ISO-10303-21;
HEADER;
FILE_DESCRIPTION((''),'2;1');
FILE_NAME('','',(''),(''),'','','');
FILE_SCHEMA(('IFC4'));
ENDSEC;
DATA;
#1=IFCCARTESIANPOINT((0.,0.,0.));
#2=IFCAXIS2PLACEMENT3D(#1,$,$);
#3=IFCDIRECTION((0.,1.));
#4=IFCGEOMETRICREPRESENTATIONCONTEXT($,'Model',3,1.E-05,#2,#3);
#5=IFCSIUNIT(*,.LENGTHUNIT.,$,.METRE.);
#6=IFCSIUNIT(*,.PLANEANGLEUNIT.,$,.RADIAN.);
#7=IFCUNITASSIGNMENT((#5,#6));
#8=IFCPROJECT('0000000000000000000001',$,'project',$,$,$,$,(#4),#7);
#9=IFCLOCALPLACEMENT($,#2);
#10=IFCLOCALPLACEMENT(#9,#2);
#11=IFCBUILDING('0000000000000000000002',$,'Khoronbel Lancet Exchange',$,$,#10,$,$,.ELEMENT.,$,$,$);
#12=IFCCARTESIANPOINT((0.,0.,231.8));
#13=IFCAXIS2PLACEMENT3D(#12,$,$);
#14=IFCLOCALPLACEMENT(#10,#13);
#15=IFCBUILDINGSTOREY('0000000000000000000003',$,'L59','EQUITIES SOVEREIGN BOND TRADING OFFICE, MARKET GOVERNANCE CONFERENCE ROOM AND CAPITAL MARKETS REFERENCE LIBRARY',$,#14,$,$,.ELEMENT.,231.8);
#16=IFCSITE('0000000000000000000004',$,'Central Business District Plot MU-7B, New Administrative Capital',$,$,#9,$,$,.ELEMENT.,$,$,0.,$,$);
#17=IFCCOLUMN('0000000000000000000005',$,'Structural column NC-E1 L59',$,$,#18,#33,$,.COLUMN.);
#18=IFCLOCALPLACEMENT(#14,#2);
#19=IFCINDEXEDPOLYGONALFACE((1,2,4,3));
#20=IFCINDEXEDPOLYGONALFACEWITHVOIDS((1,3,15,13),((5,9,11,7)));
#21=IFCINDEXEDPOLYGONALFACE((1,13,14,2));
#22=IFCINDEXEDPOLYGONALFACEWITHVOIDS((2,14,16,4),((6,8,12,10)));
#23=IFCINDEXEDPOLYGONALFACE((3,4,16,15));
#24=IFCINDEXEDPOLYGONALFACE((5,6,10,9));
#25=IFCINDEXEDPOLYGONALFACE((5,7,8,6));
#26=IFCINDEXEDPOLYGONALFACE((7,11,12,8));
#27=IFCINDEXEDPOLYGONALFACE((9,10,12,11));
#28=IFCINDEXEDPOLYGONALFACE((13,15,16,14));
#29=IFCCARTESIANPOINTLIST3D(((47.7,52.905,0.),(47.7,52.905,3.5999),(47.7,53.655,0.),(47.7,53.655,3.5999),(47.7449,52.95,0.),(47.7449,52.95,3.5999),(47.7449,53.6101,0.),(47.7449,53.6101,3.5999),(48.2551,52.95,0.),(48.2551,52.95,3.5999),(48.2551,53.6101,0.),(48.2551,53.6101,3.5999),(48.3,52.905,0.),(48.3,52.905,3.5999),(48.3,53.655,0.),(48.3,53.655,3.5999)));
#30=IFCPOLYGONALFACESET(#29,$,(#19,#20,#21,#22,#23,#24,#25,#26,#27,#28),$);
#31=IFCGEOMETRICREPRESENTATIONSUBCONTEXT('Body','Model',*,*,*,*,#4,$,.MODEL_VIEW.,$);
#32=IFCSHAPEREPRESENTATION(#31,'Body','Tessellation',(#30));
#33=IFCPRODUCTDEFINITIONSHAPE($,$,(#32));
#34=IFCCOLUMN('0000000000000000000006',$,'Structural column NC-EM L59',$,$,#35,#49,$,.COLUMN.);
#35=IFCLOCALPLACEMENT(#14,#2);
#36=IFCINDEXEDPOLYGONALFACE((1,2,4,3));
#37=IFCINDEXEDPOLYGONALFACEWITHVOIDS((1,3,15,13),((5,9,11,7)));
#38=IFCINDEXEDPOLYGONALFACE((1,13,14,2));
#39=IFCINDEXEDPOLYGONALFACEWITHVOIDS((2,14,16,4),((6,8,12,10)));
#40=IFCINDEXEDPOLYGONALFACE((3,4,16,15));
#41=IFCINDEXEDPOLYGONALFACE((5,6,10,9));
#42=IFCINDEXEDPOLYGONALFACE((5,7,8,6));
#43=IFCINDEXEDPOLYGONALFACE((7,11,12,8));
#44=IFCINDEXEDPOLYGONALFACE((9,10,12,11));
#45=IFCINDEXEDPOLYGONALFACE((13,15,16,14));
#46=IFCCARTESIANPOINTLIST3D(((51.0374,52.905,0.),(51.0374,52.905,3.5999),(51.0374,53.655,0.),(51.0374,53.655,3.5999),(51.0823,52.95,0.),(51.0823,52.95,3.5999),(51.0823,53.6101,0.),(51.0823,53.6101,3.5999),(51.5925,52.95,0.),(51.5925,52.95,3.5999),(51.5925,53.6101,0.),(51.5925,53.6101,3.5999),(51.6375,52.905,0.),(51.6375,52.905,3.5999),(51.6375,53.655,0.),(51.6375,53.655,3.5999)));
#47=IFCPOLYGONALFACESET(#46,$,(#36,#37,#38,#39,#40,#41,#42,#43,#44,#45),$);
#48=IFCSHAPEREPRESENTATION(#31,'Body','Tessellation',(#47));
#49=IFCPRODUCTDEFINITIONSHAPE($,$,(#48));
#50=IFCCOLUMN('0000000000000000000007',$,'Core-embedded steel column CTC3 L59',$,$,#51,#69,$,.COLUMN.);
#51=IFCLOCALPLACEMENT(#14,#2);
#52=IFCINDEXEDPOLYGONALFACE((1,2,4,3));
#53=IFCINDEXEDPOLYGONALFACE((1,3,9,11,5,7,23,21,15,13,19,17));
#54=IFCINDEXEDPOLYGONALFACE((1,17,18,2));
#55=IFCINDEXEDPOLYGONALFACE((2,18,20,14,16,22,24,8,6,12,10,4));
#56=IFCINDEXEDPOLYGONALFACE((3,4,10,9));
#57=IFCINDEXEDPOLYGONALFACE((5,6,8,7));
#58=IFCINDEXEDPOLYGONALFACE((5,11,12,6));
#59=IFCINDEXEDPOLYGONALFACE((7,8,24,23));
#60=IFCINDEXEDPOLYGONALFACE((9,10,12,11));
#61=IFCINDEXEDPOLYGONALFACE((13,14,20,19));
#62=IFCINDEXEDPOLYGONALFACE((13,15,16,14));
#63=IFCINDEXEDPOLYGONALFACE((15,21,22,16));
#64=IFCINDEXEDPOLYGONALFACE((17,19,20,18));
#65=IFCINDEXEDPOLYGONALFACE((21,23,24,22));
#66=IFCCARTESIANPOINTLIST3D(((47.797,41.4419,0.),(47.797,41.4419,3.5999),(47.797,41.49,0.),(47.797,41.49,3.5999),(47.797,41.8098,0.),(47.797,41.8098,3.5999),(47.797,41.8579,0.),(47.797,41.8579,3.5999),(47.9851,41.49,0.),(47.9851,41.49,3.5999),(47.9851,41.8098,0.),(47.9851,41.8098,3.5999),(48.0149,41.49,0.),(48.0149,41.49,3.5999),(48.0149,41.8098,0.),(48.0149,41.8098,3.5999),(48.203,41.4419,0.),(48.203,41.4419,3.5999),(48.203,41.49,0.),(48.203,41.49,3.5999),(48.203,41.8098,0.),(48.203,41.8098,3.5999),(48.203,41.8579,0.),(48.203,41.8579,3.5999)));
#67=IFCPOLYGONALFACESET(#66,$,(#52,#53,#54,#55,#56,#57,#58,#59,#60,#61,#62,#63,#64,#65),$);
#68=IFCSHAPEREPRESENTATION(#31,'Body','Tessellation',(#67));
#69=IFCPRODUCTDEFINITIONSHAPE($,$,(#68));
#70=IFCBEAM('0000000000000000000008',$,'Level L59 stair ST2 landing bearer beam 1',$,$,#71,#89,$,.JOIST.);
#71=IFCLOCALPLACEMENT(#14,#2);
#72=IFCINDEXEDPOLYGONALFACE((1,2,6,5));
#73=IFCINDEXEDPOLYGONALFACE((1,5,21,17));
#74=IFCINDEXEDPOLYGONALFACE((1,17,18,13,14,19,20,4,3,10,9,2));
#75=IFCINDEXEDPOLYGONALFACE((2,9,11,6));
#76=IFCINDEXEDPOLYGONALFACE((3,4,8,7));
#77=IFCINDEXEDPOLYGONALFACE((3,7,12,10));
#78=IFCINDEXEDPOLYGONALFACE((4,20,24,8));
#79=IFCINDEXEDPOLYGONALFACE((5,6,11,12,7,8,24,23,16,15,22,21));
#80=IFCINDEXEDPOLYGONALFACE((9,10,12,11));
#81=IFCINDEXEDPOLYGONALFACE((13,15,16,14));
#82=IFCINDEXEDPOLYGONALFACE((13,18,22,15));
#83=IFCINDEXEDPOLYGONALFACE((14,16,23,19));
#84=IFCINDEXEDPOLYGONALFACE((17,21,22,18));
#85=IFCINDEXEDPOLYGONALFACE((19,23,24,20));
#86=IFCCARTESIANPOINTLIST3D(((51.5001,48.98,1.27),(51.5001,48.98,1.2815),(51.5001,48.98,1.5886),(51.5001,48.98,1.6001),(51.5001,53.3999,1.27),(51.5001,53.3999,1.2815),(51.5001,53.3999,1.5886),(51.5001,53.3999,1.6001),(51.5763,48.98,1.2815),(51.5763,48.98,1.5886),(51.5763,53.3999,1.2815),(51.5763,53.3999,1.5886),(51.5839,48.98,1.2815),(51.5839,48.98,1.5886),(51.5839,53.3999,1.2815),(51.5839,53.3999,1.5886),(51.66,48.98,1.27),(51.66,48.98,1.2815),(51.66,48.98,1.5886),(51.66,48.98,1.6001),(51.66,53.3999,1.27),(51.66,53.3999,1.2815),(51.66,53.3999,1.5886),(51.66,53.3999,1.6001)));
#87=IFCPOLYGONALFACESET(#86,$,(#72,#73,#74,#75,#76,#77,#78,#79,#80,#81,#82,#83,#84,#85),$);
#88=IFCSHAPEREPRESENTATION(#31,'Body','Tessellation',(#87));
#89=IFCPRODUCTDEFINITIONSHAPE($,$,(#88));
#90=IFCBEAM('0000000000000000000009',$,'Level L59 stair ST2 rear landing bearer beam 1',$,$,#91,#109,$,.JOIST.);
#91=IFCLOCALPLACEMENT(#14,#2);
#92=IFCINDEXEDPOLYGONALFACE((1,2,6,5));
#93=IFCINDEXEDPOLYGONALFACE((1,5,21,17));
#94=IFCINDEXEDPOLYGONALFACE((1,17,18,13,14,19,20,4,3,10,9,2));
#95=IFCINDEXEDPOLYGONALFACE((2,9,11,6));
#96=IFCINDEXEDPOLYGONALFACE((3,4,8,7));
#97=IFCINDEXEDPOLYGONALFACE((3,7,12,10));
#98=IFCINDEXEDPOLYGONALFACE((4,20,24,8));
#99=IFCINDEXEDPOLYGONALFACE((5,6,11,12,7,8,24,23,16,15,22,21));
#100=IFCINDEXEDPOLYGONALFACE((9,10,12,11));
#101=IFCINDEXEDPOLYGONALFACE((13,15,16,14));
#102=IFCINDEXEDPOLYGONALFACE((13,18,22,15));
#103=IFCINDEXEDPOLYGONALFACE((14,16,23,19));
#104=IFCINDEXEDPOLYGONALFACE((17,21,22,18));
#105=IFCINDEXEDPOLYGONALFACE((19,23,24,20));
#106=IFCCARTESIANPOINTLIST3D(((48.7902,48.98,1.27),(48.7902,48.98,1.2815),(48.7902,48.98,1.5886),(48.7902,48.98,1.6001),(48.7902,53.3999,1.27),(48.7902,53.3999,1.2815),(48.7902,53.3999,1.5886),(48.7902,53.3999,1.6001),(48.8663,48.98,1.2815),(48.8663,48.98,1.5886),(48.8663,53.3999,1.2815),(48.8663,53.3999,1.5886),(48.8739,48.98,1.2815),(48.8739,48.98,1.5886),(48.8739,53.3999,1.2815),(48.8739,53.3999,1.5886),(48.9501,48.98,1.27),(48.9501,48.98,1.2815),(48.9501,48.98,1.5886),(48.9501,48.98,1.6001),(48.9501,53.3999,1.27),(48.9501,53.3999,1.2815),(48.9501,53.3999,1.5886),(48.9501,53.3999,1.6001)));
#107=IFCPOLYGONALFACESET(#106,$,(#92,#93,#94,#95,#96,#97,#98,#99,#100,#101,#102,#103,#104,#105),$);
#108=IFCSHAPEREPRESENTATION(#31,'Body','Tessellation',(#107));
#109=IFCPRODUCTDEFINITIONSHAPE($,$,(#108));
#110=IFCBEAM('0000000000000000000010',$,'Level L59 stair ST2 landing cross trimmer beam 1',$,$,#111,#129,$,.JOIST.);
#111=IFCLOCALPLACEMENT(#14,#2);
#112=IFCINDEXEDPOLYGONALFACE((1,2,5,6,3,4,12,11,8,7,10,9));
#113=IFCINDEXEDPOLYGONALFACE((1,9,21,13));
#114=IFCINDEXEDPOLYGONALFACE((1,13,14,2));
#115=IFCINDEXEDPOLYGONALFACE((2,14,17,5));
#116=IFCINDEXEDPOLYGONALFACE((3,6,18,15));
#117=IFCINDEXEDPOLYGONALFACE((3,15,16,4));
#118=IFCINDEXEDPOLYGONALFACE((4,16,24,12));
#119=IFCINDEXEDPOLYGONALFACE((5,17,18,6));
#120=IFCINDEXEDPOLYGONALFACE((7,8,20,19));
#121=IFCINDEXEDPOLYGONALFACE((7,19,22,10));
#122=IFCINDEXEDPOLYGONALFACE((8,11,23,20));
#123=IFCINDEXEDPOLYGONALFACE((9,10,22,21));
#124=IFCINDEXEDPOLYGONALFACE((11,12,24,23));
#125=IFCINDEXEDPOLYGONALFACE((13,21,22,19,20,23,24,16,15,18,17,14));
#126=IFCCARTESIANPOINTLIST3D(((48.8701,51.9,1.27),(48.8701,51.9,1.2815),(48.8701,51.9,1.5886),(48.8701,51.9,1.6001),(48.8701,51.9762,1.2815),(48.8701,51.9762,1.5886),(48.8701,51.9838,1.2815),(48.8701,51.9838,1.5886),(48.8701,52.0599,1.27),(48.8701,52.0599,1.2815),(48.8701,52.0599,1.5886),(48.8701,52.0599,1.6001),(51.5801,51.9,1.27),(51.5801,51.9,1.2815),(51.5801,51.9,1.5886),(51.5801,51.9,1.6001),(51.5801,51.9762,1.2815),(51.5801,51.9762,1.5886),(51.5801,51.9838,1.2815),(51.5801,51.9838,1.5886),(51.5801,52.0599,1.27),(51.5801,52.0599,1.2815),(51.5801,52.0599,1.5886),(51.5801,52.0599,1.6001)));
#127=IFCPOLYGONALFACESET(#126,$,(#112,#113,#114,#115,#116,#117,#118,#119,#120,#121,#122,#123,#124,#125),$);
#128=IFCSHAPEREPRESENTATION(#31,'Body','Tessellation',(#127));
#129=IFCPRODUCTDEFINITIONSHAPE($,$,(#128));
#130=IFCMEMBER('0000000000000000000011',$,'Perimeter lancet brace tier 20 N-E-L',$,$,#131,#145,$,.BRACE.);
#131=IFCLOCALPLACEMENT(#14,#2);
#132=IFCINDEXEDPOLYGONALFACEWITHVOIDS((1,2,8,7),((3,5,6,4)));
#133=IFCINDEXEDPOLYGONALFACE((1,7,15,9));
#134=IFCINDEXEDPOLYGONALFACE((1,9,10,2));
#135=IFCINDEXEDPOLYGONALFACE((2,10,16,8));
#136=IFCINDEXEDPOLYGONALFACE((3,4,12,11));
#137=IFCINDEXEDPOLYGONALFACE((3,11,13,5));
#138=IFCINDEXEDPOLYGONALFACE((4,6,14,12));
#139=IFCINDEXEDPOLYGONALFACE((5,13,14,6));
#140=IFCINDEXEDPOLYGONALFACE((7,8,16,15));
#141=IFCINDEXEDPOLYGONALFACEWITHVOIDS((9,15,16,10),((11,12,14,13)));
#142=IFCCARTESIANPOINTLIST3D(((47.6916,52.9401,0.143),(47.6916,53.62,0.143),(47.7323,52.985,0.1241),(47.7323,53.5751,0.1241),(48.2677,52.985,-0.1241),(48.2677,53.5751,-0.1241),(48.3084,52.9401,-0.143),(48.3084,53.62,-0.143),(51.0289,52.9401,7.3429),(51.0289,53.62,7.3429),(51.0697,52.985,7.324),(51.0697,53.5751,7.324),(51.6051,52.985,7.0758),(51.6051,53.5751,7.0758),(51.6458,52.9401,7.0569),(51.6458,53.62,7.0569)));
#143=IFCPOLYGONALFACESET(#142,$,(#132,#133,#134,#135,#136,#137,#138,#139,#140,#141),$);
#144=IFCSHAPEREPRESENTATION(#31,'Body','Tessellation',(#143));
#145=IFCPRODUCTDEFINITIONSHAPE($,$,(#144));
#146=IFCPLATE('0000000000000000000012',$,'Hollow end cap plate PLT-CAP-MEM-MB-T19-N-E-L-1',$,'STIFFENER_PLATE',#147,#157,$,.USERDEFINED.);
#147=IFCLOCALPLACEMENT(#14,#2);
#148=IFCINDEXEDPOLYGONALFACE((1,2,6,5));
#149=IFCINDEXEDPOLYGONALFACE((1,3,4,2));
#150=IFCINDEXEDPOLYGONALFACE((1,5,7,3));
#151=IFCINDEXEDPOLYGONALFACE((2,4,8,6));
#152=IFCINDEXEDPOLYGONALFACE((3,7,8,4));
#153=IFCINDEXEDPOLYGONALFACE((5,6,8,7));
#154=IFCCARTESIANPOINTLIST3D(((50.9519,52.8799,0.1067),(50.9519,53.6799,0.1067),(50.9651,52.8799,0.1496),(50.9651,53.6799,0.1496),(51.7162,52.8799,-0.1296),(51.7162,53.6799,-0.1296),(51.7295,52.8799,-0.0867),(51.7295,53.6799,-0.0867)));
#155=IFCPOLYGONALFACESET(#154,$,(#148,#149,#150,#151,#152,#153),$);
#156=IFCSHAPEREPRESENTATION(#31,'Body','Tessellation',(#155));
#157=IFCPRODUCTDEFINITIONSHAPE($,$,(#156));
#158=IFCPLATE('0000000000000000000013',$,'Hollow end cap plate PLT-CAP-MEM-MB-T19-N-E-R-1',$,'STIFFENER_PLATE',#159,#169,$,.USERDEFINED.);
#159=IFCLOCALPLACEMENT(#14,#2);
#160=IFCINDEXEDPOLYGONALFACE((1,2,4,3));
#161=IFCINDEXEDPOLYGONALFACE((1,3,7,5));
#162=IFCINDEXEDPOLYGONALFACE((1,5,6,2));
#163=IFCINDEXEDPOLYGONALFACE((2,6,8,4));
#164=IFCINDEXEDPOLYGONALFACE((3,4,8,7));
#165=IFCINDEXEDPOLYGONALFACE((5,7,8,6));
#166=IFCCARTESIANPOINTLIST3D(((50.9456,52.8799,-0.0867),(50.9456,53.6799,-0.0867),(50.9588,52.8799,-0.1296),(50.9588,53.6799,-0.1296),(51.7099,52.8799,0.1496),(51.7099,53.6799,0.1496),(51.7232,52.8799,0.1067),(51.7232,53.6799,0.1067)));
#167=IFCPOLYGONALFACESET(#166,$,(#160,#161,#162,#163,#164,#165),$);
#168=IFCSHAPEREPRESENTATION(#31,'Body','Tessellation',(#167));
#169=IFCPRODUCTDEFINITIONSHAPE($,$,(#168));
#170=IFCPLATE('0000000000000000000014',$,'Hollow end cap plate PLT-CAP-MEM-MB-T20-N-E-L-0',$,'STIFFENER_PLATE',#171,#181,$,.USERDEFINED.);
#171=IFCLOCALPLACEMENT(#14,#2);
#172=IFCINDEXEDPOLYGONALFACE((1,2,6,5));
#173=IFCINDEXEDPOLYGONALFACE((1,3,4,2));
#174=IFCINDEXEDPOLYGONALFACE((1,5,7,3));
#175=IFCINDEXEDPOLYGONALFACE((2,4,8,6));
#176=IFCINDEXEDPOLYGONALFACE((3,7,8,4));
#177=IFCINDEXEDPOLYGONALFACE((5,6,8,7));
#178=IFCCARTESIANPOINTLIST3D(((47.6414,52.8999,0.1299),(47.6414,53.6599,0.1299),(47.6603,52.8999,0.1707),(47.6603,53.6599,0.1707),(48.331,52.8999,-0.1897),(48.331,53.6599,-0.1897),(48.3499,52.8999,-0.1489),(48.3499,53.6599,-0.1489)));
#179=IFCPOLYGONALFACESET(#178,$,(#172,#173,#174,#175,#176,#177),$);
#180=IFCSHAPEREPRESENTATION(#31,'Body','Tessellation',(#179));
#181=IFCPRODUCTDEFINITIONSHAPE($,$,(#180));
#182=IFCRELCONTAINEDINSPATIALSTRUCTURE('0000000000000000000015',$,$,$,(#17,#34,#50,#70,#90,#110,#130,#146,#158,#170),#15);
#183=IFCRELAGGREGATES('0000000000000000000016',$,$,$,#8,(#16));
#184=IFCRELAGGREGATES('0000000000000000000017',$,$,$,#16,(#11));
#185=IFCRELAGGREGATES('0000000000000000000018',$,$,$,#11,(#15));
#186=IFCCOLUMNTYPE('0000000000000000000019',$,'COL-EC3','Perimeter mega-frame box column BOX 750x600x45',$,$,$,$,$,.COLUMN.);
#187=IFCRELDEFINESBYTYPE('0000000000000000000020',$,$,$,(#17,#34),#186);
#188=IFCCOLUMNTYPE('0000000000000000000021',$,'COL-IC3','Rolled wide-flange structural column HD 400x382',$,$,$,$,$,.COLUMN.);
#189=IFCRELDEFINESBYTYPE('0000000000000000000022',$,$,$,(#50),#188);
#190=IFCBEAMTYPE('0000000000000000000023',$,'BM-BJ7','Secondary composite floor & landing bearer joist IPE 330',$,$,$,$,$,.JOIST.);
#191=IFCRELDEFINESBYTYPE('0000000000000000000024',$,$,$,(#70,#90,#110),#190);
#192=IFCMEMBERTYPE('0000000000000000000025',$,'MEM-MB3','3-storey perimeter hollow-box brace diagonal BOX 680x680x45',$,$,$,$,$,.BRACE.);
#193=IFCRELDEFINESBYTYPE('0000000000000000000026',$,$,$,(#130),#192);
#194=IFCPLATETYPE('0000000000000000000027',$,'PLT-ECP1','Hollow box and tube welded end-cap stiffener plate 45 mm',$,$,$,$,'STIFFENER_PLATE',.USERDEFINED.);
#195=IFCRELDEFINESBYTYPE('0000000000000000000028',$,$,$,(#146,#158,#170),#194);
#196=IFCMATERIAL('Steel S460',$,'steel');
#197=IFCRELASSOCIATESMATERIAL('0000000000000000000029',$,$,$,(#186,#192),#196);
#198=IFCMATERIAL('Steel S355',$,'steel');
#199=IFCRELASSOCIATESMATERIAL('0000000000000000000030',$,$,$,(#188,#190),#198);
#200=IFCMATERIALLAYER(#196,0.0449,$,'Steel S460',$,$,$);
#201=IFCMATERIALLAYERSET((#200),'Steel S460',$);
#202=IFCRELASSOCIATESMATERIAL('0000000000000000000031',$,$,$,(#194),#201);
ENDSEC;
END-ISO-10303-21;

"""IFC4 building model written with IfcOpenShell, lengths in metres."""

from ifc_helpers import new_model, si_unit, direction, frame, origin, origin_2d, place, context, subcontext, project, spatial, polyline, hollow_rectangle, i_section, outline, extrude, material, layer, layer_set, material_profile, profile_set, type_object, element, save


model = new_model("IFC4")

# Units and contexts
model_context = context("Model", 3, precision=1e-05, world=origin(), true_north=direction((0.0, 1.0)))
body_context = subcontext(model_context, "Body", "Model", "MODEL_VIEW")
ifc_project = project(units=[si_unit("LENGTHUNIT", "METRE"), si_unit("PLANEANGLEUNIT", "RADIAN")], contexts=[model_context])

# Site, building, storey
site_placement = place(None, origin())
site = spatial("IfcSite", under=ifc_project, at=site_placement, Name="Central Business District Plot MU-7B, New Administrative Capital", CompositionType="ELEMENT", RefElevation=0.0)
building_placement = place(site_placement, origin())
building = spatial("IfcBuilding", under=site, at=building_placement, Name="Khoronbel Lancet Exchange", CompositionType="ELEMENT")
storey_placement = place(building_placement, frame((0.0, 0.0, 231.8)))
storey = spatial("IfcBuildingStorey", under=building, at=storey_placement, Name="L59", Description="EQUITIES SOVEREIGN BOND TRADING OFFICE, MARKET GOVERNANCE CONFERENCE ROOM AND CAPITAL MARKETS REFERENCE LIBRARY", CompositionType="ELEMENT", Elevation=231.8)

# Columns
ifc_material_1 = material(Name="Steel S460", Category="steel")
ifc_material_profile_1 = material_profile(ifc_material_1, hollow_rectangle(XDim=0.6001, YDim=0.75, WallThickness=0.0449, at=origin_2d()), Name="BOX 750x600x45")
ifc_profile_set_1 = profile_set([ifc_material_profile_1], Name="Steel S460")
column_type_1 = type_object("IfcColumnType", Name="COL-EC3", Description="Perimeter mega-frame box column BOX 750x600x45", PredefinedType="COLUMN", material=ifc_profile_set_1)
for number, where, z_axis, x_axis, name in (
    (1, (48.0, 53.28, 0.0), (0.0, 0.0, 1.0), (1.0, 0.0, 0.0), "Structural column NC-E1 L59"),
    (2, (51.3374, 53.28, 0.0), (0.0, 0.0, 1.0), (1.0, 0.0, 0.0), "Structural column NC-EM L59"),
):
    element("IfcColumn", number, at=place(storey_placement, frame(where, z_axis=z_axis, x_axis=x_axis)), inside=storey, type_object=column_type_1, Name=name, PredefinedType="COLUMN", context=body_context, shape_type="SweptSolid", body=[
        extrude(hollow_rectangle(XDim=0.6001, YDim=0.75, WallThickness=0.0449, at=origin_2d()), origin(), (0.0, 0.0, 1.0), 3.5999),
    ])
ifc_material_2 = material(Name="Steel S355", Category="steel")
ifc_material_profile_2 = material_profile(ifc_material_2, i_section(OverallWidth=0.406, OverallDepth=0.416, WebThickness=0.0298, FlangeThickness=0.0481, at=origin_2d()), Name="HD 400x382")
ifc_profile_set_2 = profile_set([ifc_material_profile_2], Name="Steel S355")
column_type_2 = type_object("IfcColumnType", Name="COL-IC3", Description="Rolled wide-flange structural column HD 400x382", PredefinedType="COLUMN", material=ifc_profile_set_2)
column_placement = place(storey_placement, frame((48.0, 41.6499, 0.0), z_axis=(0.0, 0.0, 1.0), x_axis=(1.0, 0.0, 0.0)))
element("IfcColumn", 3, at=column_placement, inside=storey, type_object=column_type_2, Name="Core-embedded steel column CTC3 L59", PredefinedType="COLUMN", context=body_context, shape_type="SweptSolid", body=[
    extrude(i_section(OverallWidth=0.406, OverallDepth=0.416, WebThickness=0.0298, FlangeThickness=0.0481, at=origin_2d()), origin(), (0.0, 0.0, 1.0), 3.5999),
])

# Beams
ifc_material_profile_3 = material_profile(ifc_material_2, i_section(OverallWidth=0.1599, OverallDepth=0.3301, WebThickness=0.0076, FlangeThickness=0.0115, at=origin_2d()), Name="IPE 330")
ifc_profile_set_3 = profile_set([ifc_material_profile_3], Name="Steel S355")
beam_type = type_object("IfcBeamType", Name="BM-BJ7", Description="Secondary composite floor & landing bearer joist IPE 330", PredefinedType="JOIST", material=ifc_profile_set_3)
for number, where, z_axis, x_axis, name in (
    (4, (51.5801, 48.98, 1.4351), (0.0, 1.0, 0.0), (-1.0, 0.0, 0.0), "Level L59 stair ST2 landing bearer beam 1"),
    (5, (48.8701, 48.98, 1.4351), (0.0, 1.0, 0.0), (-1.0, 0.0, 0.0), "Level L59 stair ST2 rear landing bearer beam 1"),
):
    element("IfcBeam", number, at=place(storey_placement, frame(where, z_axis=z_axis, x_axis=x_axis)), inside=storey, type_object=beam_type, Name=name, PredefinedType="JOIST", context=body_context, shape_type="SweptSolid", body=[
        extrude(i_section(OverallWidth=0.1599, OverallDepth=0.3301, WebThickness=0.0076, FlangeThickness=0.0115, at=origin_2d()), origin(), (0.0, 0.0, 1.0), 4.4199),
    ])
beam_placement = place(storey_placement, frame((48.8701, 51.98, 1.4351), z_axis=(1.0, 0.0, 0.0), x_axis=(0.0, 1.0, 0.0)))
element("IfcBeam", 6, at=beam_placement, inside=storey, type_object=beam_type, Name="Level L59 stair ST2 landing cross trimmer beam 1", PredefinedType="JOIST", context=body_context, shape_type="SweptSolid", body=[
    extrude(i_section(OverallWidth=0.1599, OverallDepth=0.3301, WebThickness=0.0076, FlangeThickness=0.0115, at=origin_2d()), origin(), (0.0, 0.0, 1.0), 2.71),
])

# Member
ifc_material_profile_4 = material_profile(ifc_material_1, hollow_rectangle(XDim=0.6799, YDim=0.6799, WallThickness=0.0449, at=origin_2d()), Name="BOX 680x680x45")
ifc_profile_set_4 = profile_set([ifc_material_profile_4], Name="Steel S460")
member_type = type_object("IfcMemberType", Name="MEM-MB3", Description="3-storey perimeter hollow-box brace diagonal BOX 680x680x45", PredefinedType="BRACE", material=ifc_profile_set_4)
member_placement = place(storey_placement, frame((48.0, 53.28, 0.0), z_axis=(0.420548, 0.0, 0.90727), x_axis=(0.0, 1.0, 0.0)))
element("IfcMember", 7, at=member_placement, inside=storey, type_object=member_type, Name="Perimeter lancet brace tier 20 N-E-L", PredefinedType="BRACE", context=body_context, shape_type="SweptSolid", body=[
    extrude(hollow_rectangle(XDim=0.6799, YDim=0.6799, WallThickness=0.0449, at=origin_2d()), origin(), (0.0, 0.0, 1.0), 7.9358),
])

# Plates
ifc_layer_1 = layer(ifc_material_1, 0.0449, Name="Steel S460")
ifc_layer_set_1 = layer_set([ifc_layer_1], Name="Steel S460")
plate_type = type_object("IfcPlateType", Name="PLT-ECP1", Description="Hollow box and tube welded end-cap stiffener plate 45 mm", ElementType="STIFFENER_PLATE", PredefinedType="USERDEFINED", material=ifc_layer_set_1)
for number, where, z_axis, x_axis, name in (
    (8, (51.7295, 52.8799, -0.0867), (0.295372, 0.0, 0.955382), (0.0, 1.0, 0.0), "Hollow end cap plate PLT-CAP-MEM-MB-T19-N-E-L-1"),
    (9, (50.9456, 53.6799, -0.0867), (-0.295372, 0.0, 0.955382), (0.0, -1.0, 0.0), "Hollow end cap plate PLT-CAP-MEM-MB-T19-N-E-R-1"),
):
    element("IfcPlate", number, at=place(storey_placement, frame(where, z_axis=z_axis, x_axis=x_axis)), inside=storey, type_object=plate_type, Name=name, ObjectType="STIFFENER_PLATE", PredefinedType="USERDEFINED", context=body_context, shape_type="SweptSolid", body=[
        extrude(outline(polyline([(0.0, 0.0), (0.8, 0.0), (0.8, 0.8), (0.0, 0.8), (0.0, 0.0)])), origin(), (0.0, 0.0, -1.0), 0.0449),
    ])
plate_placement = place(storey_placement, frame((48.3499, 52.8999, -0.1489), z_axis=(0.420545, 0.0, 0.907272), x_axis=(0.0, 1.0, 0.0)))
element("IfcPlate", 10, at=plate_placement, inside=storey, type_object=plate_type, Name="Hollow end cap plate PLT-CAP-MEM-MB-T20-N-E-L-0", ObjectType="STIFFENER_PLATE", PredefinedType="USERDEFINED", context=body_context, shape_type="SweptSolid", body=[
    extrude(outline(polyline([(0.0, 0.0), (0.76, 0.0), (0.76, 0.76), (0.0, 0.76), (0.0, 0.0)])), origin(), (0.0, 0.0, -1.0), 0.0449),
])

save(model, "model.ifc")
